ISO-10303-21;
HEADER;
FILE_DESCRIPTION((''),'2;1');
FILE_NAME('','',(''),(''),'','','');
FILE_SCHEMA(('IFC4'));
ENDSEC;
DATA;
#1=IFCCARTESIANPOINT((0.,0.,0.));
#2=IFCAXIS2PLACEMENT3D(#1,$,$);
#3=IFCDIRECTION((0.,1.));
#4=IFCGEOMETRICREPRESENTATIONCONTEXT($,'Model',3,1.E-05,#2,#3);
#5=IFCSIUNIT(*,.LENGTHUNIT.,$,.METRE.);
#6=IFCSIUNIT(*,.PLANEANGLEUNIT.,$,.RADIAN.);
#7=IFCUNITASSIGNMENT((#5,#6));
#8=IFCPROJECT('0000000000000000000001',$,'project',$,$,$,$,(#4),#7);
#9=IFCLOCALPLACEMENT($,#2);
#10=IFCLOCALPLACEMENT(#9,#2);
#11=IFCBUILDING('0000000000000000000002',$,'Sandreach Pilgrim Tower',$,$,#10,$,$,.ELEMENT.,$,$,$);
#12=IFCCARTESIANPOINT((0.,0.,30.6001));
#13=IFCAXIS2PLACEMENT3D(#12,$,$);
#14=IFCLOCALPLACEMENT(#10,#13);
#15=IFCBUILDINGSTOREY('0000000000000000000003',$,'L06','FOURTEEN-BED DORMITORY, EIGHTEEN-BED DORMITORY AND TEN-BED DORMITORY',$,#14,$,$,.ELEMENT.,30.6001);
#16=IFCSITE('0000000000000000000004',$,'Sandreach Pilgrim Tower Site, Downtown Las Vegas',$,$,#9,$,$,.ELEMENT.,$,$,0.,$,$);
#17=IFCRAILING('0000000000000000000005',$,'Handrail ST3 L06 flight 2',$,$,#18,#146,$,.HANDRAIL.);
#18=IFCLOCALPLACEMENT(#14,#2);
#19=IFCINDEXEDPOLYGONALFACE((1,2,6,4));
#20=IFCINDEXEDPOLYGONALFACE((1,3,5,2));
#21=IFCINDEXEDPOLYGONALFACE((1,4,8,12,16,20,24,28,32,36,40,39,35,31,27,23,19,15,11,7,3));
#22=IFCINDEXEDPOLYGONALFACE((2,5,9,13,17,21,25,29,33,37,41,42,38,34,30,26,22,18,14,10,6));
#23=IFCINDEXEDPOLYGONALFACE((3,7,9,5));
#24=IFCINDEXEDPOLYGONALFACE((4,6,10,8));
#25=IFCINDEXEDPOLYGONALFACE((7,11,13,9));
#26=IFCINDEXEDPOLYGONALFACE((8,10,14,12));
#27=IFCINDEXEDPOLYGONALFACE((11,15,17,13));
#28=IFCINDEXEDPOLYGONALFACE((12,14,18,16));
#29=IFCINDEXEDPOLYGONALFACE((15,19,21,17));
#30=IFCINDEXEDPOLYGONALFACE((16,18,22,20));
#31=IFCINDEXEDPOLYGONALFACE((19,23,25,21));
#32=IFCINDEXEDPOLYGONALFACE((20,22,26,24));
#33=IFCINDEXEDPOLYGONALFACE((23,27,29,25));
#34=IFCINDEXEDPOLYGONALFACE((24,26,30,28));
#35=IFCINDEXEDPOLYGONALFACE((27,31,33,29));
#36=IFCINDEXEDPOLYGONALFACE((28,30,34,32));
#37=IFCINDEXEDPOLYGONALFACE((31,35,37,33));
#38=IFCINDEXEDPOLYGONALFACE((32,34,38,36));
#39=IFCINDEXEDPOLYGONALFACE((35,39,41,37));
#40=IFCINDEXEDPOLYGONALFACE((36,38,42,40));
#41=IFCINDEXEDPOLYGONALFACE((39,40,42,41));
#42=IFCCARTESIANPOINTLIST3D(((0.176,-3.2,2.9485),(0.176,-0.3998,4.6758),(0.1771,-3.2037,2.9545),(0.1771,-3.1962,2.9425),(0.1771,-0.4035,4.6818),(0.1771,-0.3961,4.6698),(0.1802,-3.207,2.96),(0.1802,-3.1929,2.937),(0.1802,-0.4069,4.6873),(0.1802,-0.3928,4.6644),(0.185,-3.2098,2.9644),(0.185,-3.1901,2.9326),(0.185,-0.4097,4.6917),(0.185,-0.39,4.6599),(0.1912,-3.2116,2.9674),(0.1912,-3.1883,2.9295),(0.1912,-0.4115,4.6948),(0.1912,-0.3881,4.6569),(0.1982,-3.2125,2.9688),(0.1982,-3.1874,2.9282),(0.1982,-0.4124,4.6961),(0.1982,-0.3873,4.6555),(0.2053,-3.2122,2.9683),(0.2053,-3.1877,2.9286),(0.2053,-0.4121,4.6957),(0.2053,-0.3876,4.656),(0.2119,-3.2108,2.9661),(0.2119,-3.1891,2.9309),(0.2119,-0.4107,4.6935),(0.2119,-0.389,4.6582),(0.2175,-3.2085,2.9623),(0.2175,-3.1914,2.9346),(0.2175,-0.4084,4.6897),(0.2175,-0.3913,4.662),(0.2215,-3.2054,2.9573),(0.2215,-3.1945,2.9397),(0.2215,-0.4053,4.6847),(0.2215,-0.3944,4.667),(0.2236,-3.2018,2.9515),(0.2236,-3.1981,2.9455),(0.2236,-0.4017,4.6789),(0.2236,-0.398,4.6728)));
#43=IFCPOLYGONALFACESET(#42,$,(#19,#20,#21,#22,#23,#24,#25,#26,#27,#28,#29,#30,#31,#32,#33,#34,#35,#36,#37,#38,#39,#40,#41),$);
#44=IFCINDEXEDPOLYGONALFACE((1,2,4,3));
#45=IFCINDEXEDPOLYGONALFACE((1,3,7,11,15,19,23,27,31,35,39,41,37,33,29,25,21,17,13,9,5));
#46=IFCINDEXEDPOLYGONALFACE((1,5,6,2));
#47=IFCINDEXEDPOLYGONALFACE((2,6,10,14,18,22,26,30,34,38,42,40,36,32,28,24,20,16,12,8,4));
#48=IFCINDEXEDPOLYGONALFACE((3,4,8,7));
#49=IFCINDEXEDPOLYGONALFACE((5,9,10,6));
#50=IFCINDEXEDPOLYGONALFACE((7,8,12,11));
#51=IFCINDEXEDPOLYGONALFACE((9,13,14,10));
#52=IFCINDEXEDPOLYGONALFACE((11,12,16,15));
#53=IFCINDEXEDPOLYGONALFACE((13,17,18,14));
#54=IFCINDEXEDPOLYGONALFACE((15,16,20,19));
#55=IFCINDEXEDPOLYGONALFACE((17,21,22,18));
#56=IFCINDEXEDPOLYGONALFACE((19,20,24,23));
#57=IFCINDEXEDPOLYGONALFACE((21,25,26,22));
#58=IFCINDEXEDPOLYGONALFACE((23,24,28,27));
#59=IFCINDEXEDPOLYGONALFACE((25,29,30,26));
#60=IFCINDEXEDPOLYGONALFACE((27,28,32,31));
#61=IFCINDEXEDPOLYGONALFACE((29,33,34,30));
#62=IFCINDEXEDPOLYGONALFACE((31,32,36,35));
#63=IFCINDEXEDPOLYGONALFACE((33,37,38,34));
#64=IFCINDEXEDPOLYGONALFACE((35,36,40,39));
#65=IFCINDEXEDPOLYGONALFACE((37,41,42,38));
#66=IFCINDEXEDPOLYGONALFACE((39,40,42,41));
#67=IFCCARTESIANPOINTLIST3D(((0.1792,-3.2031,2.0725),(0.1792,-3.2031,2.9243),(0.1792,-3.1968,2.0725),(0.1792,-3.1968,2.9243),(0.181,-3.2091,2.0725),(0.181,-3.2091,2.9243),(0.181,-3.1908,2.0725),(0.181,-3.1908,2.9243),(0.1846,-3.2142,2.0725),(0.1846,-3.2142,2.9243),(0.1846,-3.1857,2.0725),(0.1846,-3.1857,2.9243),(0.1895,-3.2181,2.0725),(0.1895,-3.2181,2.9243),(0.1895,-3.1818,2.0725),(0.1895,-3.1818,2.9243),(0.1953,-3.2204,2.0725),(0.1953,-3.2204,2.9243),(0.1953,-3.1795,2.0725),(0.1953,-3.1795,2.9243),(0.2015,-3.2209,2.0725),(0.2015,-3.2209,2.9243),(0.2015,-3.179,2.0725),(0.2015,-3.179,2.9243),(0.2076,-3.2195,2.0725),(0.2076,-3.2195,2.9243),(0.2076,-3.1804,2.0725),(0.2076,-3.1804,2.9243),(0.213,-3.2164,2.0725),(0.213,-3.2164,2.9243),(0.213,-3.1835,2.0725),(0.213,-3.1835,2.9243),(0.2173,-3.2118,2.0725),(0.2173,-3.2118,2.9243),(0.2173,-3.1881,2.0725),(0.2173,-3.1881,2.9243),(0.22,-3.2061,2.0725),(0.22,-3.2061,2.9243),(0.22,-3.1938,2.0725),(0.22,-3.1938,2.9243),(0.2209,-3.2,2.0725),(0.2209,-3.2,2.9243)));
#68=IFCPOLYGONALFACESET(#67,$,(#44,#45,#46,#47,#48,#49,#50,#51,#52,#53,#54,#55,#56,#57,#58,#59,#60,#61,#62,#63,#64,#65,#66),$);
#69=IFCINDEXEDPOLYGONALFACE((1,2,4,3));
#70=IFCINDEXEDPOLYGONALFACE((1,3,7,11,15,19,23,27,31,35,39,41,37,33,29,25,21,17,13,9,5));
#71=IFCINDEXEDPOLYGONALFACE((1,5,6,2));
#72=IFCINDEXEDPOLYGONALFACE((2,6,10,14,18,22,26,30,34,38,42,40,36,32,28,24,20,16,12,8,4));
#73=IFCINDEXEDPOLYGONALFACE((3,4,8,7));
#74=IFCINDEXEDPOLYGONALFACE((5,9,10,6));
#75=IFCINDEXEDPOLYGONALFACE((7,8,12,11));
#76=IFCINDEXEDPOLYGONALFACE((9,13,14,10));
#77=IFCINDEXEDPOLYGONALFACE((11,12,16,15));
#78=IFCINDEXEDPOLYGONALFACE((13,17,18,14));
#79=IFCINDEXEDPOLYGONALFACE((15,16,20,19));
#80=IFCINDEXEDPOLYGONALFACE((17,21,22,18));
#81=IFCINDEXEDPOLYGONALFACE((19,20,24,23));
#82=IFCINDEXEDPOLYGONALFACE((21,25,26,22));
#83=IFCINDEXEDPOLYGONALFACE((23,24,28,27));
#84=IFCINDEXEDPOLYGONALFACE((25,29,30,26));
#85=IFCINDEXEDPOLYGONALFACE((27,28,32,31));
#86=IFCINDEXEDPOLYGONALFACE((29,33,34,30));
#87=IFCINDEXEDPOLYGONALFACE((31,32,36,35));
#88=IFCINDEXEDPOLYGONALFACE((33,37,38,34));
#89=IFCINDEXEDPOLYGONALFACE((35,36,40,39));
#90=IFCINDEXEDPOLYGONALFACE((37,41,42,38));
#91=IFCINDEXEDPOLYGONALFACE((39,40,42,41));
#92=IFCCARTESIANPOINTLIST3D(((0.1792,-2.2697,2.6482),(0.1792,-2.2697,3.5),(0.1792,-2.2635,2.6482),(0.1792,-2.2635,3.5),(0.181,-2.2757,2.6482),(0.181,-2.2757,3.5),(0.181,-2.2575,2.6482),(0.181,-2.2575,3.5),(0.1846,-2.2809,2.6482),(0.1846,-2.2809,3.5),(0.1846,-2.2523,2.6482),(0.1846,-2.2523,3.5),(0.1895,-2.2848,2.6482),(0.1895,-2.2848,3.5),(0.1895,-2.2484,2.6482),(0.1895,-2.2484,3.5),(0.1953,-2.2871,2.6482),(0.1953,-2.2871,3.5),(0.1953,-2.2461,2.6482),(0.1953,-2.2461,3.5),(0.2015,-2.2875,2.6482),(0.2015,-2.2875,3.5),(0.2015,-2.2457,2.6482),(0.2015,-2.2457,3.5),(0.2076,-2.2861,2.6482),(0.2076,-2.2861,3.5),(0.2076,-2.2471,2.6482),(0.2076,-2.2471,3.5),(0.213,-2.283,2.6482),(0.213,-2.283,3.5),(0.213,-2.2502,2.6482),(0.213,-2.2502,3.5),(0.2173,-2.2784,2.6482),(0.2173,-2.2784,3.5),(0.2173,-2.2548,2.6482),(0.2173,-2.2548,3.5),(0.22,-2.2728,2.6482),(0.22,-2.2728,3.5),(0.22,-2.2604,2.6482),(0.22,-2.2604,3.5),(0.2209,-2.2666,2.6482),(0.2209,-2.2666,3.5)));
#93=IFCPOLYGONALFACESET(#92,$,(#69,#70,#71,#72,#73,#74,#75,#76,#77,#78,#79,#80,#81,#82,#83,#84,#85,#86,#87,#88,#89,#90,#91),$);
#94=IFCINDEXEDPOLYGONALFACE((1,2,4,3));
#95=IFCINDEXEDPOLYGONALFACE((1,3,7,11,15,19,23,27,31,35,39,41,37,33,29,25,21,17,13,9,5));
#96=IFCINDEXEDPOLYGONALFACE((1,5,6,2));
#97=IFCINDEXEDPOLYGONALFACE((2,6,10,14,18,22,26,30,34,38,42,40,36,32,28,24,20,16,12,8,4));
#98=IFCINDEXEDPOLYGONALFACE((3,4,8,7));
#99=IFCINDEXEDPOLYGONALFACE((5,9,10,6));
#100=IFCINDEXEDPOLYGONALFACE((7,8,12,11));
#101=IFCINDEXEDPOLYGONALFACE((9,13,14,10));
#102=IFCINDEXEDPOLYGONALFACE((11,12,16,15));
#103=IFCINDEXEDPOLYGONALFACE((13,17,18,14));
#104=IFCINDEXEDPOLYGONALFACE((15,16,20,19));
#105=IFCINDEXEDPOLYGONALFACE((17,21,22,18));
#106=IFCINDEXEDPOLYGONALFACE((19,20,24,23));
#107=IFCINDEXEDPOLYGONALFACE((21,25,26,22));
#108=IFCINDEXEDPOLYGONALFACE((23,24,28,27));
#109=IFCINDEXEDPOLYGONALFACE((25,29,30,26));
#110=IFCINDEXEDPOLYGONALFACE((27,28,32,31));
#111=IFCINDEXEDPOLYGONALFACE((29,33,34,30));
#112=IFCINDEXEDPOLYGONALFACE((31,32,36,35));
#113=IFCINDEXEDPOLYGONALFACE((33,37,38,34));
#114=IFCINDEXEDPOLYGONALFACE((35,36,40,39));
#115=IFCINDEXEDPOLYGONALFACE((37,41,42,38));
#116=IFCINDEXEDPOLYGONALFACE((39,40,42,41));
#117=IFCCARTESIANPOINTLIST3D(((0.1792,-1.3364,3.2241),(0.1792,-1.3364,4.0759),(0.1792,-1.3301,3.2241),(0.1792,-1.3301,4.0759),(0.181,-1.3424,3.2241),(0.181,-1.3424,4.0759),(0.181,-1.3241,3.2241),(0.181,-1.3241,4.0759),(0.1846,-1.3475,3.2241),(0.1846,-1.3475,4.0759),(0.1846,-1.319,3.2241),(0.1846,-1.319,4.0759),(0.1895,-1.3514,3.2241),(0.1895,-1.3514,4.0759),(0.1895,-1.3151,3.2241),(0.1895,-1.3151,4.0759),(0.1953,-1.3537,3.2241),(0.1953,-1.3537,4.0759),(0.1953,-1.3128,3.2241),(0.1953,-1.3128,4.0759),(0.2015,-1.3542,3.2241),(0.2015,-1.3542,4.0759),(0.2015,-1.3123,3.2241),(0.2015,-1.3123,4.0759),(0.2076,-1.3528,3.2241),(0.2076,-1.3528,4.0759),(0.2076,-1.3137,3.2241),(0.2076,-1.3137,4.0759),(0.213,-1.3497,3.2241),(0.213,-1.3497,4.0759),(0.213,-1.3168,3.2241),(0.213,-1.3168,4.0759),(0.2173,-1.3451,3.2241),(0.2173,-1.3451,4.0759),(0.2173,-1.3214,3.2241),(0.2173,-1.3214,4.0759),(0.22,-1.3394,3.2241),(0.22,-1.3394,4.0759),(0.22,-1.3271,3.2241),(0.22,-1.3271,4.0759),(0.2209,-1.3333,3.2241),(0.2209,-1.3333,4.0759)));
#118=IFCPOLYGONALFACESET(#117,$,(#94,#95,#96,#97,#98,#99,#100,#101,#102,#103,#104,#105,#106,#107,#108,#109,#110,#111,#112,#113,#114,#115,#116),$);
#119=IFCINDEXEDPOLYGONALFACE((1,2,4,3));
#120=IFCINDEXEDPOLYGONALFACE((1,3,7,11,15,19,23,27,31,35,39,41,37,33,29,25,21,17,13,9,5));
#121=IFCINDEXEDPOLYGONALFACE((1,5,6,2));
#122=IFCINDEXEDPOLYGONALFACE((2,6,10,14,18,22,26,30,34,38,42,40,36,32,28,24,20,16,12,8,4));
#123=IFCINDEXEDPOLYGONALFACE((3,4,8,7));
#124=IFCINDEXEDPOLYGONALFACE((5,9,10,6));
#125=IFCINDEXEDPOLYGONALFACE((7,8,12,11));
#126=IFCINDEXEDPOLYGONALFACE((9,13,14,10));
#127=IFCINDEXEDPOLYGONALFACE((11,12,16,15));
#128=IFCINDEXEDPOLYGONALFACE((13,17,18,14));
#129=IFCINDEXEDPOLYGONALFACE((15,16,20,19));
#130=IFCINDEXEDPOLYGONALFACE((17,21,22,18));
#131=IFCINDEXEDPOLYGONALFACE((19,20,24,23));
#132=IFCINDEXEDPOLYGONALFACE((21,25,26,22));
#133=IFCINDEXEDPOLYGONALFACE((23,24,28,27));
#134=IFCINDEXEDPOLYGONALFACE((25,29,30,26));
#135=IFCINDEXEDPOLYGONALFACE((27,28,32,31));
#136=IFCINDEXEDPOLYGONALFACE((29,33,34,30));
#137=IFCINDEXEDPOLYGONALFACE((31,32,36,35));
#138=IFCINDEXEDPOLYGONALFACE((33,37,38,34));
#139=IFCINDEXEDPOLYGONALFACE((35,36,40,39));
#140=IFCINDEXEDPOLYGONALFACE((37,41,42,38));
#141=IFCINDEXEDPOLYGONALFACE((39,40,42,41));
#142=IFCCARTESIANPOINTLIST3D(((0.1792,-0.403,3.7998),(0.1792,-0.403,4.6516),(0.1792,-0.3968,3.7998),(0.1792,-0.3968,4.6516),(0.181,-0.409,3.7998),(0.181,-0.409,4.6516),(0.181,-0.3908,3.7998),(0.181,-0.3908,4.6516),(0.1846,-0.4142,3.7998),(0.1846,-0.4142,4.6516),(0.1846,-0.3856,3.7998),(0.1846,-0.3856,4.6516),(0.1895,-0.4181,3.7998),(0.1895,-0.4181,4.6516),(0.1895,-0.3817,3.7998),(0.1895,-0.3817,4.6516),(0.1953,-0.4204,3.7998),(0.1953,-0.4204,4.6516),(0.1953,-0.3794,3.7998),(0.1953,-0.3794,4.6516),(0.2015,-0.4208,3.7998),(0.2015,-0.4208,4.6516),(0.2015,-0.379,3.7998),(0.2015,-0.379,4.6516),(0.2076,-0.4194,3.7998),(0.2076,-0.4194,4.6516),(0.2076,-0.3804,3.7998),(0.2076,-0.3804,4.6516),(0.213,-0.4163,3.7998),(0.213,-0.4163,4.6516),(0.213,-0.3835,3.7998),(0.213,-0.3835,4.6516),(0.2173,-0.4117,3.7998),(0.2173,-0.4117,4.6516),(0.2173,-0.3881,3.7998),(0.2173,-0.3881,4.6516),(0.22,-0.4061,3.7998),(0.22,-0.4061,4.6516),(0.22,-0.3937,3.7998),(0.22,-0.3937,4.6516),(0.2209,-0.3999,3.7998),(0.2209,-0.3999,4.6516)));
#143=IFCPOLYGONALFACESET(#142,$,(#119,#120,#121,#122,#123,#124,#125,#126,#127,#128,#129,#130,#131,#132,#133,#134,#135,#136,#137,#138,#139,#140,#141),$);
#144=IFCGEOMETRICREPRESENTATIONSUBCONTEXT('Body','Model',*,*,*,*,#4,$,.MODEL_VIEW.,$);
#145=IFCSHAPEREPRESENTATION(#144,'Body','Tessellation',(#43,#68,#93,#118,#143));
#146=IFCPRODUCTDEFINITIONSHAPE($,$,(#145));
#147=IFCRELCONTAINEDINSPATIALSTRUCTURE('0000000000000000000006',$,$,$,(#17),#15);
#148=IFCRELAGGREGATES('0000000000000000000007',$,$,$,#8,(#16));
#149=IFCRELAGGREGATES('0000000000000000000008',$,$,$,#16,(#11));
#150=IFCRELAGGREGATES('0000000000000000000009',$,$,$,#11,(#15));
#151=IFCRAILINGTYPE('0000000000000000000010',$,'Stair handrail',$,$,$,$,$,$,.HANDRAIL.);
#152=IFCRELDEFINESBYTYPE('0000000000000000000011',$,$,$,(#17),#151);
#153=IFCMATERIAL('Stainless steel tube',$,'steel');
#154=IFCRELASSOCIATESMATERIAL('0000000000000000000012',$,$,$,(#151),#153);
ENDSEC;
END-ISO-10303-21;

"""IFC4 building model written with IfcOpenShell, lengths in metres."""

from ifc_helpers import new_model, si_unit, direction, frame, origin, origin_2d, place, context, subcontext, project, spatial, circle, extrude, material, type_object, element, save


model = new_model("IFC4")

# Units and contexts
model_context = context("Model", 3, precision=1e-05, world=origin(), true_north=direction((0.0, 1.0)))
body_context = subcontext(model_context, "Body", "Model", "MODEL_VIEW")
ifc_project = project(units=[si_unit("LENGTHUNIT", "METRE"), si_unit("PLANEANGLEUNIT", "RADIAN")], contexts=[model_context])

# Site, building, storey
site_placement = place(None, origin())
site = spatial("IfcSite", under=ifc_project, at=site_placement, Name="Sandreach Pilgrim Tower Site, Downtown Las Vegas", CompositionType="ELEMENT", RefElevation=0.0)
building_placement = place(site_placement, origin())
building = spatial("IfcBuilding", under=site, at=building_placement, Name="Sandreach Pilgrim Tower", CompositionType="ELEMENT")
storey_placement = place(building_placement, frame((0.0, 0.0, 30.6001)))
storey = spatial("IfcBuildingStorey", under=building, at=storey_placement, Name="L06", Description="FOURTEEN-BED DORMITORY, EIGHTEEN-BED DORMITORY AND TEN-BED DORMITORY", CompositionType="ELEMENT", Elevation=30.6001)

# Railing
ifc_material_1 = material(Name="Stainless steel tube", Category="steel")
railing_type = type_object("IfcRailingType", Name="Stair handrail", PredefinedType="HANDRAIL", material=ifc_material_1)
for number, where, name in (
    (1, (0.2, -3.2, 2.0725), "Handrail ST3 L06 flight 2"),
):
    element("IfcRailing", number, at=place(storey_placement, frame(where)), inside=storey, type_object=railing_type, Name=name, PredefinedType="HANDRAIL", context=body_context, shape_type="SweptSolid", body=[
        extrude(circle(Radius=0.0239, at=origin_2d()), frame((0.0, 0.0, 0.876), z_axis=(0.0, 0.85109, 0.52502), x_axis=(-1.0, 0.0, 0.0)), (0.0, 0.0, 1.0), 3.29),
        extrude(circle(Radius=0.021, at=origin_2d()), origin(), (0.0, 0.0, 1.0), 0.8518),
        extrude(circle(Radius=0.021, at=origin_2d()), frame((0.0, 0.9333, 0.5757)), (0.0, 0.0, 1.0), 0.8518),
        extrude(circle(Radius=0.021, at=origin_2d()), frame((0.0, 1.8667, 1.1516)), (0.0, 0.0, 1.0), 0.8518),
        extrude(circle(Radius=0.021, at=origin_2d()), frame((0.0, 2.8, 1.7273)), (0.0, 0.0, 1.0), 0.8518),
    ])

save(model, "model.ifc")
